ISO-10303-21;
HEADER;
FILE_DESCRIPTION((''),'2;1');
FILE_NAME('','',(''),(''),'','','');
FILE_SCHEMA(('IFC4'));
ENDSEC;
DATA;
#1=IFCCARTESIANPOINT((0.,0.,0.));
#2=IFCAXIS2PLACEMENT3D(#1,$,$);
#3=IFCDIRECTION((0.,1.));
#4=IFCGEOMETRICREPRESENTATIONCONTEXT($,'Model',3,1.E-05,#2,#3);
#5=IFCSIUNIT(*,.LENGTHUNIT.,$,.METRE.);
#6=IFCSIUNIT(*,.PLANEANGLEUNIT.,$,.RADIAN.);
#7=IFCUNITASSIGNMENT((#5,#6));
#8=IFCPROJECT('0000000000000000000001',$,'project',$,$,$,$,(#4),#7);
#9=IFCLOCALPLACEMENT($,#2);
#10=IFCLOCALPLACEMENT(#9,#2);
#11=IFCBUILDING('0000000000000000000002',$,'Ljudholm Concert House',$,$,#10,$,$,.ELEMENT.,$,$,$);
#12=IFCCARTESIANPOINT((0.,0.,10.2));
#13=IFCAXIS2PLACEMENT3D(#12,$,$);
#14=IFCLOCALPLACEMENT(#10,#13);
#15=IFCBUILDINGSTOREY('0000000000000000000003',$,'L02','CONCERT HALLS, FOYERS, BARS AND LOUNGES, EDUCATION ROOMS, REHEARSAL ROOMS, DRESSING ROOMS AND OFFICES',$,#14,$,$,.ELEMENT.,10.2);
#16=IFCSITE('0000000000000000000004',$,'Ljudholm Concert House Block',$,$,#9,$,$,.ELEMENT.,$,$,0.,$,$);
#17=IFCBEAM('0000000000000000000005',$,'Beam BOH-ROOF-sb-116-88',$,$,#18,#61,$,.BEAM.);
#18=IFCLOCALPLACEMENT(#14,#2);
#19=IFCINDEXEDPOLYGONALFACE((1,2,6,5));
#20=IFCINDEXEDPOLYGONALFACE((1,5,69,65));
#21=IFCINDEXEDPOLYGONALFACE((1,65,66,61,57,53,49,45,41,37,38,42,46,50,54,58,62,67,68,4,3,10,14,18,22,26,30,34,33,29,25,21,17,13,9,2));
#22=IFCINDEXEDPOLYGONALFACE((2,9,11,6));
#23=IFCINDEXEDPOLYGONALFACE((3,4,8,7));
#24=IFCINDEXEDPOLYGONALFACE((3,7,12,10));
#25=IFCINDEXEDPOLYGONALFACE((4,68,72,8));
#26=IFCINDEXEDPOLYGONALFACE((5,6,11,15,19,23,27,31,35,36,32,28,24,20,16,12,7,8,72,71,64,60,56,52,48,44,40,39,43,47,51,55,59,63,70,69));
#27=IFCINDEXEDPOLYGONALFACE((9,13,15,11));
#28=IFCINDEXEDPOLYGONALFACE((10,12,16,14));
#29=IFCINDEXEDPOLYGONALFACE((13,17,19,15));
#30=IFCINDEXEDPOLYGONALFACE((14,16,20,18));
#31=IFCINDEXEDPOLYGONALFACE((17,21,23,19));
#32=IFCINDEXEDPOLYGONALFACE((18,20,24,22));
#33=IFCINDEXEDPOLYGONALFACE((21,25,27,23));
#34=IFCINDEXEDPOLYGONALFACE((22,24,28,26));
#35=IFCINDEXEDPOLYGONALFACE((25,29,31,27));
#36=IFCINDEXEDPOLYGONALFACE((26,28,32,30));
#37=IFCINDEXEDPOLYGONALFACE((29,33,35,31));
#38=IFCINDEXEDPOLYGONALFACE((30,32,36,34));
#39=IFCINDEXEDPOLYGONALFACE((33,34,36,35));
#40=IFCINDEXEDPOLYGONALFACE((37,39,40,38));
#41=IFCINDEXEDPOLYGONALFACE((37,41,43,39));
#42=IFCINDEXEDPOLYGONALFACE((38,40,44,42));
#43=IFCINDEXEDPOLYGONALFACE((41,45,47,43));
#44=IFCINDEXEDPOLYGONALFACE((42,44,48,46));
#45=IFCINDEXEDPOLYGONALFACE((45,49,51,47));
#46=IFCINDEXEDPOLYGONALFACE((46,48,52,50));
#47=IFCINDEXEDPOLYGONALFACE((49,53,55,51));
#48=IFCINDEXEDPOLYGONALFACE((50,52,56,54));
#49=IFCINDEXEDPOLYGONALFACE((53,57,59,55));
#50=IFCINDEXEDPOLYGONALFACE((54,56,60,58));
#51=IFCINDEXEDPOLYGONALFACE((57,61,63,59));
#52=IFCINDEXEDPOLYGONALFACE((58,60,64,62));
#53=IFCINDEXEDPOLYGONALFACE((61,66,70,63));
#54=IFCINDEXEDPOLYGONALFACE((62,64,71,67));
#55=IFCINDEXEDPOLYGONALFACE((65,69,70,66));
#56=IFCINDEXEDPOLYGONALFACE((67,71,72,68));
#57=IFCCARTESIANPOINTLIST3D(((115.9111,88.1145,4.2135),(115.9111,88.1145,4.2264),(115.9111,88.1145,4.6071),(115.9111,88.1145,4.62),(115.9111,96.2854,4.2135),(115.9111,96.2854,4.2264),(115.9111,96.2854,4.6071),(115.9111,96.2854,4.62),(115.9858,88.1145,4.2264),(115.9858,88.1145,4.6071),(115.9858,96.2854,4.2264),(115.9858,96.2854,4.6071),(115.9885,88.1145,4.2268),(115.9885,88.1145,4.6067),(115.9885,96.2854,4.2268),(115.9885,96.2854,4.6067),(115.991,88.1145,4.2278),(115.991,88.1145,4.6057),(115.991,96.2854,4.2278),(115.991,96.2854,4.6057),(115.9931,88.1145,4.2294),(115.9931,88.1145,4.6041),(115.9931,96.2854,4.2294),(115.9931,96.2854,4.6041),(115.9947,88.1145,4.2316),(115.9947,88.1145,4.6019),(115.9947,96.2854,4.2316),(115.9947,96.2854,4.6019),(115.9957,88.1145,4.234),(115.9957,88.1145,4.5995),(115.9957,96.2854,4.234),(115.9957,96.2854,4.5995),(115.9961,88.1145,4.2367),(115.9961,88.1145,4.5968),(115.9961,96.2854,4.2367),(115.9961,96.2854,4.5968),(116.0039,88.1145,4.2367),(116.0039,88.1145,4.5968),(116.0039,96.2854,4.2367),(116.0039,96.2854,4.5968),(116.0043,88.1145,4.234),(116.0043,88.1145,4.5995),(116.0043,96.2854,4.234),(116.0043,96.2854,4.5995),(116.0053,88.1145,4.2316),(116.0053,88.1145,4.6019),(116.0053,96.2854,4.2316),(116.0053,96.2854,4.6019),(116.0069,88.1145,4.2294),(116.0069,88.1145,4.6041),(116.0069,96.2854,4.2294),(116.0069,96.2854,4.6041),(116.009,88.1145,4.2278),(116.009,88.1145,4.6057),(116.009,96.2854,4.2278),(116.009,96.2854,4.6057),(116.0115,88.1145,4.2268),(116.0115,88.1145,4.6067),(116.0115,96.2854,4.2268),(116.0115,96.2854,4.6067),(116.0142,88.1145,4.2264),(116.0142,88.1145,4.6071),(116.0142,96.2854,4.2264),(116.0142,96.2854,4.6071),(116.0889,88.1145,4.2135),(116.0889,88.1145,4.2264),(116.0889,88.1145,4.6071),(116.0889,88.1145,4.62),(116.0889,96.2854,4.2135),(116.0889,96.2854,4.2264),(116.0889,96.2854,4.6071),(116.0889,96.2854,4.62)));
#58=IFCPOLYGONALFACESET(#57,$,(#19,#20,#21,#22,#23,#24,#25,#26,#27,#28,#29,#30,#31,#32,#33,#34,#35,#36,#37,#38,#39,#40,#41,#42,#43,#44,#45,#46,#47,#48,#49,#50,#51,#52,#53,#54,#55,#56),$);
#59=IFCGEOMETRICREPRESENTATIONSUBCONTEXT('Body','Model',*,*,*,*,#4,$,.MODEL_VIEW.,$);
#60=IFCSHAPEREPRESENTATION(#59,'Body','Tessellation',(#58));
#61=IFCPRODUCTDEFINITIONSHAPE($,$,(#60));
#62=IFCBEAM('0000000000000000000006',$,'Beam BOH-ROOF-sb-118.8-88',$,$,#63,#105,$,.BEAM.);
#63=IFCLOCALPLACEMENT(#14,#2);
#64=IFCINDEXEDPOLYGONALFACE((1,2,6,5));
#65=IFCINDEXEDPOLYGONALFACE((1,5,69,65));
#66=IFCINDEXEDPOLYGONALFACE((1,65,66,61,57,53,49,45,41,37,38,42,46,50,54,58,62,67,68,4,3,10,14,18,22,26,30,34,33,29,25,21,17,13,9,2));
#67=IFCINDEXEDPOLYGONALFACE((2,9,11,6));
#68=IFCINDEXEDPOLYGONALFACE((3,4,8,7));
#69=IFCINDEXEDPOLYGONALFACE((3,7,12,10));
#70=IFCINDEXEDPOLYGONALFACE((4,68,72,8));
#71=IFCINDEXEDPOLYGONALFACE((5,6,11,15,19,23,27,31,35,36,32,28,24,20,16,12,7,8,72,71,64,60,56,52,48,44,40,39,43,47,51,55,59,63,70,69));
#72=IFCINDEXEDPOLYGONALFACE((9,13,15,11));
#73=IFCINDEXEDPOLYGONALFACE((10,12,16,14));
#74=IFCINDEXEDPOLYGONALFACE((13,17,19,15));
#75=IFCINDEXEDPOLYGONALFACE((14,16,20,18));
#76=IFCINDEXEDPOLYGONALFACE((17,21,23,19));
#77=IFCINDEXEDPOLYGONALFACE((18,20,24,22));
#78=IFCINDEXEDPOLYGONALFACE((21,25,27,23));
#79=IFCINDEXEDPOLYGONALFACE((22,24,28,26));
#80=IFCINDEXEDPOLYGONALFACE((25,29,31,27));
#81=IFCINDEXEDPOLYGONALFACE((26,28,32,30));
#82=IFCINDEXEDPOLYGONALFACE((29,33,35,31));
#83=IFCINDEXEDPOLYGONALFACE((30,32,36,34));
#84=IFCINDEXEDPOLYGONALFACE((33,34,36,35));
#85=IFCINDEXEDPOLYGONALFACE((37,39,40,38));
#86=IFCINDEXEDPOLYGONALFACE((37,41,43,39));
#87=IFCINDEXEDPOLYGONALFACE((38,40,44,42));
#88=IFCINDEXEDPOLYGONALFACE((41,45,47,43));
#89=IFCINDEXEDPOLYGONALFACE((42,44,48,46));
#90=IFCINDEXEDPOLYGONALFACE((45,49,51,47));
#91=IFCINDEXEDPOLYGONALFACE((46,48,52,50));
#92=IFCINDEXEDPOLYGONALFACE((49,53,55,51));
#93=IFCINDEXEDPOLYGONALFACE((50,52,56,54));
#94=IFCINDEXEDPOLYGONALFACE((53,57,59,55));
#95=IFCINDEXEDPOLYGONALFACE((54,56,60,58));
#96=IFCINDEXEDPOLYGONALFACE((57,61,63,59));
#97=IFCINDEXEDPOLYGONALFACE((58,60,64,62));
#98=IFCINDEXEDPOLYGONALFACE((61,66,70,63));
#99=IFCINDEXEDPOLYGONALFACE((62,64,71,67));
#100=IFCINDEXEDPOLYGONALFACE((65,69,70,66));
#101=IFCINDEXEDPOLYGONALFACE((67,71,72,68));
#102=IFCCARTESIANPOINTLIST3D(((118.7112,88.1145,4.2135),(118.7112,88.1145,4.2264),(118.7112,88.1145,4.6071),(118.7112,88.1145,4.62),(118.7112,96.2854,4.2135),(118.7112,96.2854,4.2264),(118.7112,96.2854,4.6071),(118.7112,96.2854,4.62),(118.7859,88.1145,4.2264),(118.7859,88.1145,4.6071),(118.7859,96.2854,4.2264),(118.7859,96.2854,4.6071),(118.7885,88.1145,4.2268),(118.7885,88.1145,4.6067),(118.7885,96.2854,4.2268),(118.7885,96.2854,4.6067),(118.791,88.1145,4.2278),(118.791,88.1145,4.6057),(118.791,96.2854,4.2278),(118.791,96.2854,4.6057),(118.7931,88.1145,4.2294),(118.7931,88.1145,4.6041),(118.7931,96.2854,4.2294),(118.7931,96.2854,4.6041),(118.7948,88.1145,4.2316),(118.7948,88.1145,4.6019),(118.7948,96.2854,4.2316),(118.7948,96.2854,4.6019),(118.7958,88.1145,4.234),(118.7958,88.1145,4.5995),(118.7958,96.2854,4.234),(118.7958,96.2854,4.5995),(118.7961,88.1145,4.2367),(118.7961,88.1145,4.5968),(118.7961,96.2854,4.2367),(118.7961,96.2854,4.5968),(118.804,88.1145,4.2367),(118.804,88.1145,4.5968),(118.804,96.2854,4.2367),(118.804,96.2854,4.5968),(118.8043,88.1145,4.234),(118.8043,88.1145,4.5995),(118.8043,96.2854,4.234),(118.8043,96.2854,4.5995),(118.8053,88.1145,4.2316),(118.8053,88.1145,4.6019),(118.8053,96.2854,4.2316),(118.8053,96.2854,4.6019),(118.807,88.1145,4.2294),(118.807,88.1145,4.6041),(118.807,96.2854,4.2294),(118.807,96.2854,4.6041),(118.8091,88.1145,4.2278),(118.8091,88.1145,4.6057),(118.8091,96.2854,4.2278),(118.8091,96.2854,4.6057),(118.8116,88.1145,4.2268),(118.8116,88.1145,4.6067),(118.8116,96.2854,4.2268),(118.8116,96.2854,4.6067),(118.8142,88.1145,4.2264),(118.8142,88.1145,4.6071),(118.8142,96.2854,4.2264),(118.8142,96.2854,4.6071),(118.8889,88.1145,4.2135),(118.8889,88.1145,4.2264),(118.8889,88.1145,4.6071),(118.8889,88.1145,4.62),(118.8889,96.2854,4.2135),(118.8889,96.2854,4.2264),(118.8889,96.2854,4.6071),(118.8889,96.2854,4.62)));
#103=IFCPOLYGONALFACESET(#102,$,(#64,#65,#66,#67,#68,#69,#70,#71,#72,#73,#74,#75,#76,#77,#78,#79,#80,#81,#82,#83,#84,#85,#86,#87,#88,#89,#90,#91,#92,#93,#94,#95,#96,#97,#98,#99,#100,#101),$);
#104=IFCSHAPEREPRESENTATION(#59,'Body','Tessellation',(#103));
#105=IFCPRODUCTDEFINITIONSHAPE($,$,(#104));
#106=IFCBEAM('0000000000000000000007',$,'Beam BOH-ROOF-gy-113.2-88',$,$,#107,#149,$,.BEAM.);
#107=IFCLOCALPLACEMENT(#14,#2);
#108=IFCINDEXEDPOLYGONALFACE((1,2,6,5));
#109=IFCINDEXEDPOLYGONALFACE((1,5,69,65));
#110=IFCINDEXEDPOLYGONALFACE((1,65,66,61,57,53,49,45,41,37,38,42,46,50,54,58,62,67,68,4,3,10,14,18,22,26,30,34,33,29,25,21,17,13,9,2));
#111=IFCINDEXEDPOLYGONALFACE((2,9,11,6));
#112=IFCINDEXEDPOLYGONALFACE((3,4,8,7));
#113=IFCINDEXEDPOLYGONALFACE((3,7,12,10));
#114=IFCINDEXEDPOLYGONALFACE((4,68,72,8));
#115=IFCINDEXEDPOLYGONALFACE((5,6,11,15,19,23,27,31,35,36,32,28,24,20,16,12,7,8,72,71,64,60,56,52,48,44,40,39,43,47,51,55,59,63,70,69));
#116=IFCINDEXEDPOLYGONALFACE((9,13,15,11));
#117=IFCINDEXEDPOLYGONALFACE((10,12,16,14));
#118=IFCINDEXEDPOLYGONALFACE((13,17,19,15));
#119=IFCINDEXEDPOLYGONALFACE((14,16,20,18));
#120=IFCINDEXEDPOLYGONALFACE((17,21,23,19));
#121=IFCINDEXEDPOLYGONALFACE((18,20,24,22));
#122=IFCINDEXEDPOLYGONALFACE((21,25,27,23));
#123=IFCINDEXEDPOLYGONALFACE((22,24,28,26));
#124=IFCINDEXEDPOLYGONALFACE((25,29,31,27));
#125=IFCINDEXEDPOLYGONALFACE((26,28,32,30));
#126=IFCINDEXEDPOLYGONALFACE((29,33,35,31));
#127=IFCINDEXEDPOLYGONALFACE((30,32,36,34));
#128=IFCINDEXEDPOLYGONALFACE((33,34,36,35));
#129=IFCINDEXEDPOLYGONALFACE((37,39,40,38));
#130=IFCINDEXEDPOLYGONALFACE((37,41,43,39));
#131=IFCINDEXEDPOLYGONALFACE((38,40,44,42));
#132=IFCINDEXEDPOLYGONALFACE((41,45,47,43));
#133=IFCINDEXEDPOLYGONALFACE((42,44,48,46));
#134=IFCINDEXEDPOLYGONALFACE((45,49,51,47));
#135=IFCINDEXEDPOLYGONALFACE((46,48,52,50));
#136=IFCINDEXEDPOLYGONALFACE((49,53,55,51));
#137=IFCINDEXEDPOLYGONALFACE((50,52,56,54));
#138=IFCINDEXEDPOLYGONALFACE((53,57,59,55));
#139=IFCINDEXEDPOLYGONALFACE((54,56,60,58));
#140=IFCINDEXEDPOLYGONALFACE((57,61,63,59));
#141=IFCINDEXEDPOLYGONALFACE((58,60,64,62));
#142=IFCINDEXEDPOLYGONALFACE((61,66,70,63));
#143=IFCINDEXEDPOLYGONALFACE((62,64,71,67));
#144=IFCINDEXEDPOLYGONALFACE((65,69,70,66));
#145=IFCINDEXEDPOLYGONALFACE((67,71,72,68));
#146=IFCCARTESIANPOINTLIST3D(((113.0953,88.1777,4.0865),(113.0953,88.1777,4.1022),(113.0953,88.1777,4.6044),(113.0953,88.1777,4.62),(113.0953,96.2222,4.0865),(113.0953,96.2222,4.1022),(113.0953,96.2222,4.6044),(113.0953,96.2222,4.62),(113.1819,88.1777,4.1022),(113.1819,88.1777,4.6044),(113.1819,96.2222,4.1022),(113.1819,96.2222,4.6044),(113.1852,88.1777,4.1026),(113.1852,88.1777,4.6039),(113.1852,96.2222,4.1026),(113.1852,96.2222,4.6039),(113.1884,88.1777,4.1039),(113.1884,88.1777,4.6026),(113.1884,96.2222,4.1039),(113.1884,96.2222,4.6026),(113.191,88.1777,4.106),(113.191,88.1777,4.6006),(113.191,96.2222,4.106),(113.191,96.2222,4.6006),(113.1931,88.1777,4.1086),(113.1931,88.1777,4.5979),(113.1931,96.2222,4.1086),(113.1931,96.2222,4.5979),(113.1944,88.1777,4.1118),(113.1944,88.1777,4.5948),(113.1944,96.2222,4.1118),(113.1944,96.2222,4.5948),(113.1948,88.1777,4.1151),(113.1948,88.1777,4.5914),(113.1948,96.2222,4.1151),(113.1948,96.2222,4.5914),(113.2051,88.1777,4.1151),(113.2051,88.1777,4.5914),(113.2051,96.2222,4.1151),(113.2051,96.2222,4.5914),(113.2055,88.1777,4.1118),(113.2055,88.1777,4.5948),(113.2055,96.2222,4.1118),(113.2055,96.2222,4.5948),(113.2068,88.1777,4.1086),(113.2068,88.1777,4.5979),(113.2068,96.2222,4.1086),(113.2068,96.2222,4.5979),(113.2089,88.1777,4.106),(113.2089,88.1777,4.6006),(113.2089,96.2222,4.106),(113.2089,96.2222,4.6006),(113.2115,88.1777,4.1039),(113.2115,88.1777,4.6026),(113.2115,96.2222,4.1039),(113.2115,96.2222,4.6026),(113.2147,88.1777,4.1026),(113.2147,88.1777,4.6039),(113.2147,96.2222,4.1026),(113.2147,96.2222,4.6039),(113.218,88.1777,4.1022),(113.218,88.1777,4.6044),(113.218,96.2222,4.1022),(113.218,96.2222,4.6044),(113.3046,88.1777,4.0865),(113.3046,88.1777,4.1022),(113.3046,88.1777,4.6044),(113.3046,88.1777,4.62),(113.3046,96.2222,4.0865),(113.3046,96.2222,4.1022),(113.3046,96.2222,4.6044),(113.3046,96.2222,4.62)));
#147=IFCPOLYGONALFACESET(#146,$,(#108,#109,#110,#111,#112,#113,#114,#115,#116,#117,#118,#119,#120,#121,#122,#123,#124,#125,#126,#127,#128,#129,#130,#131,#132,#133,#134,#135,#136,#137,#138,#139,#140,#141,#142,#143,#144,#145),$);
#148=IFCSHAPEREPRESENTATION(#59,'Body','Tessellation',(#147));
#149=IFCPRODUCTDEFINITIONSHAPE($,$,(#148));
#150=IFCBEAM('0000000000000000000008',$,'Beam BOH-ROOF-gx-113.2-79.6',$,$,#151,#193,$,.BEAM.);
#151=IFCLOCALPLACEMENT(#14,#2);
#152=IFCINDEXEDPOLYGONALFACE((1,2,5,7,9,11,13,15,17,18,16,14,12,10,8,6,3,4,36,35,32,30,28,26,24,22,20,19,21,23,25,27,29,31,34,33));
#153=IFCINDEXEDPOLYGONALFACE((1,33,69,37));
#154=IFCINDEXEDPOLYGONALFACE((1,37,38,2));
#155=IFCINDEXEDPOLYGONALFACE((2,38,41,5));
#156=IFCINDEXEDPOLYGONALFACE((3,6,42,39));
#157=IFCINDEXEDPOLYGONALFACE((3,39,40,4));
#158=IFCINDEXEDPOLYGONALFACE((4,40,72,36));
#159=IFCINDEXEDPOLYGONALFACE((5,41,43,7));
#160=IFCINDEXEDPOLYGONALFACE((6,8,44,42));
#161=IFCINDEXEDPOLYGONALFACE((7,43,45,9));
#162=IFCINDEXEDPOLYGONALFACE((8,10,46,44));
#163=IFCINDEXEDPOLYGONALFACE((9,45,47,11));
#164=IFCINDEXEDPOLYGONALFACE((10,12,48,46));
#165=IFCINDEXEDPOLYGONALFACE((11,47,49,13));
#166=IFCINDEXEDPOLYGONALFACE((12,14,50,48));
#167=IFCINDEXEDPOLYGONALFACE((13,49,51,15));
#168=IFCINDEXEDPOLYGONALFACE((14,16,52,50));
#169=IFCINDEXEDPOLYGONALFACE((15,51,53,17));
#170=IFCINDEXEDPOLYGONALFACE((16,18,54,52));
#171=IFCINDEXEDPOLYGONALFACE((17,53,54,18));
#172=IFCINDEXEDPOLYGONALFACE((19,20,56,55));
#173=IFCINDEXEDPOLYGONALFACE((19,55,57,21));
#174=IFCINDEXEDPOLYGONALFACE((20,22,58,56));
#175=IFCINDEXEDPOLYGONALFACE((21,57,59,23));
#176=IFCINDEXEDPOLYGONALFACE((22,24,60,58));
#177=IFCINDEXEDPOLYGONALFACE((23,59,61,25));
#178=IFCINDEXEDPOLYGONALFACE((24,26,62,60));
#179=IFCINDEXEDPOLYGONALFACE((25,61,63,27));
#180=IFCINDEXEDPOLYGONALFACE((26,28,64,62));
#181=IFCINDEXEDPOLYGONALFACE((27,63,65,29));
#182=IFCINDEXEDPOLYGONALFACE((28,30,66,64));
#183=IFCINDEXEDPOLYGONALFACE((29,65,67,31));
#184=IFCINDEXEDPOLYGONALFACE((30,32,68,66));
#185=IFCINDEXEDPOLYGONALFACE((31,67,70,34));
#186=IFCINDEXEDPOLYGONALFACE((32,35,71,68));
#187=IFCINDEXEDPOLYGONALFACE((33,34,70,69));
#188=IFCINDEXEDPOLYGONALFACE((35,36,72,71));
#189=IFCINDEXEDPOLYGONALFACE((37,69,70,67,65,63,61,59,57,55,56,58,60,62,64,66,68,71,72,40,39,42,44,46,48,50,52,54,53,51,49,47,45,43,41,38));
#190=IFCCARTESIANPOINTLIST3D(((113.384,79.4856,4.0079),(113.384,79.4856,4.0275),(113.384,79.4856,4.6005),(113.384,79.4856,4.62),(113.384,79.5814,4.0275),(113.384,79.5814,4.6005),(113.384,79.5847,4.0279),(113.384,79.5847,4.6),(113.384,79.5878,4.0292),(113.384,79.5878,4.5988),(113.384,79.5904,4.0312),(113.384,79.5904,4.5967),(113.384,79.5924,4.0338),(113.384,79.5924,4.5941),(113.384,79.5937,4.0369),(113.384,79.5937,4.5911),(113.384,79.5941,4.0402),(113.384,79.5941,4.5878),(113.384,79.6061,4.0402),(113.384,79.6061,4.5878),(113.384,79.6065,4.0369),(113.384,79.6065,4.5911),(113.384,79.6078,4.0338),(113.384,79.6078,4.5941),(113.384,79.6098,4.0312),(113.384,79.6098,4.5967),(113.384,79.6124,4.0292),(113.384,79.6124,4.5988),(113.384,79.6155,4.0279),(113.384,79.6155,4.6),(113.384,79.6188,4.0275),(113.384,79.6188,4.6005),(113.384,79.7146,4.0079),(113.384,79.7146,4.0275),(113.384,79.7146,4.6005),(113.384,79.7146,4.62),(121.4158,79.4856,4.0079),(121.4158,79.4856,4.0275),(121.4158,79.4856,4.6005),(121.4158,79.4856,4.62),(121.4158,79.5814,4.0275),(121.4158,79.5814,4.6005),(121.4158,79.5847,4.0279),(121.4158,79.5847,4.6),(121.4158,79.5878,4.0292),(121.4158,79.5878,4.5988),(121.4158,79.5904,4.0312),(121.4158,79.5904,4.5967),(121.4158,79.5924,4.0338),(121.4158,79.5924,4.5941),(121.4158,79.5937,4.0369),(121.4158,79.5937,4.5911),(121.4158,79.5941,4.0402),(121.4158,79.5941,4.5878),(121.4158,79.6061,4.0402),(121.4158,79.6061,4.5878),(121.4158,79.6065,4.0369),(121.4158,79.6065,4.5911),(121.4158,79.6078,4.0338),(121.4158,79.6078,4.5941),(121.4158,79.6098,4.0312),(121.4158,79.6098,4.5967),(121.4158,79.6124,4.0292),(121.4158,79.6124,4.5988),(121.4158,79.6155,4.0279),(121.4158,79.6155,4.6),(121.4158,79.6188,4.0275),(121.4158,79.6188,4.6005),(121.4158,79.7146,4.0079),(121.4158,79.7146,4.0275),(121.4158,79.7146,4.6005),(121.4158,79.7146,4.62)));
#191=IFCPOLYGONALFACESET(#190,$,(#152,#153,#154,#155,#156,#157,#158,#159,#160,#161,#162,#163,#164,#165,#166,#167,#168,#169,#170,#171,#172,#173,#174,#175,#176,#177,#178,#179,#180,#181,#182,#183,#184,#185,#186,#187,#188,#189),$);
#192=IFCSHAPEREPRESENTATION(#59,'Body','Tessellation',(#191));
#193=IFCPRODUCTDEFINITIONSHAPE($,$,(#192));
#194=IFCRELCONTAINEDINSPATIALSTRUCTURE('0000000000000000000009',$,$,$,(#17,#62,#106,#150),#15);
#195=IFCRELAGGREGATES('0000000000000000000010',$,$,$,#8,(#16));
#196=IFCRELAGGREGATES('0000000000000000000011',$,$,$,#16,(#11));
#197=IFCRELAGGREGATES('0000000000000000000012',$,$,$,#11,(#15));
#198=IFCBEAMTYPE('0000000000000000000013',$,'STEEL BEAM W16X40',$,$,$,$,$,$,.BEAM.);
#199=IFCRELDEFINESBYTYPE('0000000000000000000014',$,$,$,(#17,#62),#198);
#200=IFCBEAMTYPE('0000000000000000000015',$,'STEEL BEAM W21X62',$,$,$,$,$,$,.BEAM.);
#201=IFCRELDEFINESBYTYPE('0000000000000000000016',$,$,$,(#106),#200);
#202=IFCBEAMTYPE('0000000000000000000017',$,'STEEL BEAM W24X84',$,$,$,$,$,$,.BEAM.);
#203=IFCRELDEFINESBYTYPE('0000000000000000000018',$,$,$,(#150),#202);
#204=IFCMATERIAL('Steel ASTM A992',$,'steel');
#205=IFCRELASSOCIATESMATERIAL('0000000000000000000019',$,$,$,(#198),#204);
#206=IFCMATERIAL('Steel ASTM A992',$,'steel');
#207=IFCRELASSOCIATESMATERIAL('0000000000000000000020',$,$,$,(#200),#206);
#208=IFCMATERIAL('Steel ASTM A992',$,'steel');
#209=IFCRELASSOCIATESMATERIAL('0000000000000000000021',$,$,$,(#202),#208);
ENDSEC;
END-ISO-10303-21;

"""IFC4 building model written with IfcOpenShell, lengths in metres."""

from ifc_helpers import new_model, si_unit, direction, frame, origin, origin_2d, place, context, subcontext, project, spatial, i_section, extrude, material, material_profile, profile_set, type_object, element, save


model = new_model("IFC4")

# Units and contexts
model_context = context("Model", 3, precision=1e-05, world=origin(), true_north=direction((0.0, 1.0)))
body_context = subcontext(model_context, "Body", "Model", "MODEL_VIEW")
ifc_project = project(units=[si_unit("LENGTHUNIT", "METRE"), si_unit("PLANEANGLEUNIT", "RADIAN")], contexts=[model_context])

# Site, building, storey
site_placement = place(None, origin())
site = spatial("IfcSite", under=ifc_project, at=site_placement, Name="Ljudholm Concert House Block", CompositionType="ELEMENT", RefElevation=0.0)
building_placement = place(site_placement, origin())
building = spatial("IfcBuilding", under=site, at=building_placement, Name="Ljudholm Concert House", CompositionType="ELEMENT")
storey_placement = place(building_placement, frame((0.0, 0.0, 10.2)))
storey = spatial("IfcBuildingStorey", under=building, at=storey_placement, Name="L02", Description="CONCERT HALLS, FOYERS, BARS AND LOUNGES, EDUCATION ROOMS, REHEARSAL ROOMS, DRESSING ROOMS AND OFFICES", CompositionType="ELEMENT", Elevation=10.2)

# Beams
ifc_material_1 = material(Name="Steel ASTM A992", Category="steel")
ifc_material_profile_1 = material_profile(ifc_material_1, i_section(OverallWidth=0.1777, OverallDepth=0.4065, WebThickness=0.0078, FlangeThickness=0.0129, FilletRadius=0.0103, at=origin_2d()), Name="W16X40")
ifc_profile_set_1 = profile_set([ifc_material_profile_1], Name="Steel ASTM A992")
beam_type_1 = type_object("IfcBeamType", Name="STEEL BEAM W16X40", PredefinedType="BEAM", material=ifc_profile_set_1)
for number, where, z_axis, x_axis, name in (
    (1, (116.0, 88.1145, 4.4167), (0.0, 1.0, 0.0), (-1.0, 0.0, 0.0), "Beam BOH-ROOF-sb-116-88"),
    (2, (118.8, 88.1145, 4.4167), (0.0, 1.0, 0.0), (-1.0, 0.0, 0.0), "Beam BOH-ROOF-sb-118.8-88"),
):
    element("IfcBeam", number, at=place(storey_placement, frame(where, z_axis=z_axis, x_axis=x_axis)), inside=storey, type_object=beam_type_1, Name=name, PredefinedType="BEAM", context=body_context, shape_type="SweptSolid", body=[
        extrude(i_section(OverallWidth=0.1777, OverallDepth=0.4065, WebThickness=0.0078, FlangeThickness=0.0129, FilletRadius=0.0103, at=origin_2d()), origin(), (0.0, 0.0, 1.0), 8.1709),
    ])
ifc_material_2 = material(Name="Steel ASTM A992", Category="steel")
ifc_material_profile_2 = material_profile(ifc_material_2, i_section(OverallWidth=0.2092, OverallDepth=0.5334, WebThickness=0.0103, FlangeThickness=0.0156, FilletRadius=0.0129, at=origin_2d()), Name="W21X62")
ifc_profile_set_2 = profile_set([ifc_material_profile_2], Name="Steel ASTM A992")
beam_type_2 = type_object("IfcBeamType", Name="STEEL BEAM W21X62", PredefinedType="BEAM", material=ifc_profile_set_2)
beam_placement = place(storey_placement, frame((113.2, 88.1777, 4.3533), z_axis=(0.0, 1.0, 0.0), x_axis=(-1.0, 0.0, 0.0)))
element("IfcBeam", 3, at=beam_placement, inside=storey, type_object=beam_type_2, Name="Beam BOH-ROOF-gy-113.2-88", PredefinedType="BEAM", context=body_context, shape_type="SweptSolid", body=[
    extrude(i_section(OverallWidth=0.2092, OverallDepth=0.5334, WebThickness=0.0103, FlangeThickness=0.0156, FilletRadius=0.0129, at=origin_2d()), origin(), (0.0, 0.0, 1.0), 8.0444),
])
ifc_material_3 = material(Name="Steel ASTM A992", Category="steel")
ifc_material_profile_3 = material_profile(ifc_material_3, i_section(OverallWidth=0.229, OverallDepth=0.6121, WebThickness=0.012, FlangeThickness=0.0195, FilletRadius=0.0127, at=origin_2d()), Name="W24X84")
ifc_profile_set_3 = profile_set([ifc_material_profile_3], Name="Steel ASTM A992")
beam_type_3 = type_object("IfcBeamType", Name="STEEL BEAM W24X84", PredefinedType="BEAM", material=ifc_profile_set_3)
for number, where, z_axis, x_axis, name in (
    (4, (113.384, 79.6001, 4.314), (1.0, 0.0, 0.0), (0.0, 1.0, 0.0), "Beam BOH-ROOF-gx-113.2-79.6"),
):
    element("IfcBeam", number, at=place(storey_placement, frame(where, z_axis=z_axis, x_axis=x_axis)), inside=storey, type_object=beam_type_3, Name=name, PredefinedType="BEAM", context=body_context, shape_type="SweptSolid", body=[
        extrude(i_section(OverallWidth=0.229, OverallDepth=0.6121, WebThickness=0.012, FlangeThickness=0.0195, FilletRadius=0.0127, at=origin_2d()), origin(), (0.0, 0.0, 1.0), 8.0317),
    ])

save(model, "model.ifc")
